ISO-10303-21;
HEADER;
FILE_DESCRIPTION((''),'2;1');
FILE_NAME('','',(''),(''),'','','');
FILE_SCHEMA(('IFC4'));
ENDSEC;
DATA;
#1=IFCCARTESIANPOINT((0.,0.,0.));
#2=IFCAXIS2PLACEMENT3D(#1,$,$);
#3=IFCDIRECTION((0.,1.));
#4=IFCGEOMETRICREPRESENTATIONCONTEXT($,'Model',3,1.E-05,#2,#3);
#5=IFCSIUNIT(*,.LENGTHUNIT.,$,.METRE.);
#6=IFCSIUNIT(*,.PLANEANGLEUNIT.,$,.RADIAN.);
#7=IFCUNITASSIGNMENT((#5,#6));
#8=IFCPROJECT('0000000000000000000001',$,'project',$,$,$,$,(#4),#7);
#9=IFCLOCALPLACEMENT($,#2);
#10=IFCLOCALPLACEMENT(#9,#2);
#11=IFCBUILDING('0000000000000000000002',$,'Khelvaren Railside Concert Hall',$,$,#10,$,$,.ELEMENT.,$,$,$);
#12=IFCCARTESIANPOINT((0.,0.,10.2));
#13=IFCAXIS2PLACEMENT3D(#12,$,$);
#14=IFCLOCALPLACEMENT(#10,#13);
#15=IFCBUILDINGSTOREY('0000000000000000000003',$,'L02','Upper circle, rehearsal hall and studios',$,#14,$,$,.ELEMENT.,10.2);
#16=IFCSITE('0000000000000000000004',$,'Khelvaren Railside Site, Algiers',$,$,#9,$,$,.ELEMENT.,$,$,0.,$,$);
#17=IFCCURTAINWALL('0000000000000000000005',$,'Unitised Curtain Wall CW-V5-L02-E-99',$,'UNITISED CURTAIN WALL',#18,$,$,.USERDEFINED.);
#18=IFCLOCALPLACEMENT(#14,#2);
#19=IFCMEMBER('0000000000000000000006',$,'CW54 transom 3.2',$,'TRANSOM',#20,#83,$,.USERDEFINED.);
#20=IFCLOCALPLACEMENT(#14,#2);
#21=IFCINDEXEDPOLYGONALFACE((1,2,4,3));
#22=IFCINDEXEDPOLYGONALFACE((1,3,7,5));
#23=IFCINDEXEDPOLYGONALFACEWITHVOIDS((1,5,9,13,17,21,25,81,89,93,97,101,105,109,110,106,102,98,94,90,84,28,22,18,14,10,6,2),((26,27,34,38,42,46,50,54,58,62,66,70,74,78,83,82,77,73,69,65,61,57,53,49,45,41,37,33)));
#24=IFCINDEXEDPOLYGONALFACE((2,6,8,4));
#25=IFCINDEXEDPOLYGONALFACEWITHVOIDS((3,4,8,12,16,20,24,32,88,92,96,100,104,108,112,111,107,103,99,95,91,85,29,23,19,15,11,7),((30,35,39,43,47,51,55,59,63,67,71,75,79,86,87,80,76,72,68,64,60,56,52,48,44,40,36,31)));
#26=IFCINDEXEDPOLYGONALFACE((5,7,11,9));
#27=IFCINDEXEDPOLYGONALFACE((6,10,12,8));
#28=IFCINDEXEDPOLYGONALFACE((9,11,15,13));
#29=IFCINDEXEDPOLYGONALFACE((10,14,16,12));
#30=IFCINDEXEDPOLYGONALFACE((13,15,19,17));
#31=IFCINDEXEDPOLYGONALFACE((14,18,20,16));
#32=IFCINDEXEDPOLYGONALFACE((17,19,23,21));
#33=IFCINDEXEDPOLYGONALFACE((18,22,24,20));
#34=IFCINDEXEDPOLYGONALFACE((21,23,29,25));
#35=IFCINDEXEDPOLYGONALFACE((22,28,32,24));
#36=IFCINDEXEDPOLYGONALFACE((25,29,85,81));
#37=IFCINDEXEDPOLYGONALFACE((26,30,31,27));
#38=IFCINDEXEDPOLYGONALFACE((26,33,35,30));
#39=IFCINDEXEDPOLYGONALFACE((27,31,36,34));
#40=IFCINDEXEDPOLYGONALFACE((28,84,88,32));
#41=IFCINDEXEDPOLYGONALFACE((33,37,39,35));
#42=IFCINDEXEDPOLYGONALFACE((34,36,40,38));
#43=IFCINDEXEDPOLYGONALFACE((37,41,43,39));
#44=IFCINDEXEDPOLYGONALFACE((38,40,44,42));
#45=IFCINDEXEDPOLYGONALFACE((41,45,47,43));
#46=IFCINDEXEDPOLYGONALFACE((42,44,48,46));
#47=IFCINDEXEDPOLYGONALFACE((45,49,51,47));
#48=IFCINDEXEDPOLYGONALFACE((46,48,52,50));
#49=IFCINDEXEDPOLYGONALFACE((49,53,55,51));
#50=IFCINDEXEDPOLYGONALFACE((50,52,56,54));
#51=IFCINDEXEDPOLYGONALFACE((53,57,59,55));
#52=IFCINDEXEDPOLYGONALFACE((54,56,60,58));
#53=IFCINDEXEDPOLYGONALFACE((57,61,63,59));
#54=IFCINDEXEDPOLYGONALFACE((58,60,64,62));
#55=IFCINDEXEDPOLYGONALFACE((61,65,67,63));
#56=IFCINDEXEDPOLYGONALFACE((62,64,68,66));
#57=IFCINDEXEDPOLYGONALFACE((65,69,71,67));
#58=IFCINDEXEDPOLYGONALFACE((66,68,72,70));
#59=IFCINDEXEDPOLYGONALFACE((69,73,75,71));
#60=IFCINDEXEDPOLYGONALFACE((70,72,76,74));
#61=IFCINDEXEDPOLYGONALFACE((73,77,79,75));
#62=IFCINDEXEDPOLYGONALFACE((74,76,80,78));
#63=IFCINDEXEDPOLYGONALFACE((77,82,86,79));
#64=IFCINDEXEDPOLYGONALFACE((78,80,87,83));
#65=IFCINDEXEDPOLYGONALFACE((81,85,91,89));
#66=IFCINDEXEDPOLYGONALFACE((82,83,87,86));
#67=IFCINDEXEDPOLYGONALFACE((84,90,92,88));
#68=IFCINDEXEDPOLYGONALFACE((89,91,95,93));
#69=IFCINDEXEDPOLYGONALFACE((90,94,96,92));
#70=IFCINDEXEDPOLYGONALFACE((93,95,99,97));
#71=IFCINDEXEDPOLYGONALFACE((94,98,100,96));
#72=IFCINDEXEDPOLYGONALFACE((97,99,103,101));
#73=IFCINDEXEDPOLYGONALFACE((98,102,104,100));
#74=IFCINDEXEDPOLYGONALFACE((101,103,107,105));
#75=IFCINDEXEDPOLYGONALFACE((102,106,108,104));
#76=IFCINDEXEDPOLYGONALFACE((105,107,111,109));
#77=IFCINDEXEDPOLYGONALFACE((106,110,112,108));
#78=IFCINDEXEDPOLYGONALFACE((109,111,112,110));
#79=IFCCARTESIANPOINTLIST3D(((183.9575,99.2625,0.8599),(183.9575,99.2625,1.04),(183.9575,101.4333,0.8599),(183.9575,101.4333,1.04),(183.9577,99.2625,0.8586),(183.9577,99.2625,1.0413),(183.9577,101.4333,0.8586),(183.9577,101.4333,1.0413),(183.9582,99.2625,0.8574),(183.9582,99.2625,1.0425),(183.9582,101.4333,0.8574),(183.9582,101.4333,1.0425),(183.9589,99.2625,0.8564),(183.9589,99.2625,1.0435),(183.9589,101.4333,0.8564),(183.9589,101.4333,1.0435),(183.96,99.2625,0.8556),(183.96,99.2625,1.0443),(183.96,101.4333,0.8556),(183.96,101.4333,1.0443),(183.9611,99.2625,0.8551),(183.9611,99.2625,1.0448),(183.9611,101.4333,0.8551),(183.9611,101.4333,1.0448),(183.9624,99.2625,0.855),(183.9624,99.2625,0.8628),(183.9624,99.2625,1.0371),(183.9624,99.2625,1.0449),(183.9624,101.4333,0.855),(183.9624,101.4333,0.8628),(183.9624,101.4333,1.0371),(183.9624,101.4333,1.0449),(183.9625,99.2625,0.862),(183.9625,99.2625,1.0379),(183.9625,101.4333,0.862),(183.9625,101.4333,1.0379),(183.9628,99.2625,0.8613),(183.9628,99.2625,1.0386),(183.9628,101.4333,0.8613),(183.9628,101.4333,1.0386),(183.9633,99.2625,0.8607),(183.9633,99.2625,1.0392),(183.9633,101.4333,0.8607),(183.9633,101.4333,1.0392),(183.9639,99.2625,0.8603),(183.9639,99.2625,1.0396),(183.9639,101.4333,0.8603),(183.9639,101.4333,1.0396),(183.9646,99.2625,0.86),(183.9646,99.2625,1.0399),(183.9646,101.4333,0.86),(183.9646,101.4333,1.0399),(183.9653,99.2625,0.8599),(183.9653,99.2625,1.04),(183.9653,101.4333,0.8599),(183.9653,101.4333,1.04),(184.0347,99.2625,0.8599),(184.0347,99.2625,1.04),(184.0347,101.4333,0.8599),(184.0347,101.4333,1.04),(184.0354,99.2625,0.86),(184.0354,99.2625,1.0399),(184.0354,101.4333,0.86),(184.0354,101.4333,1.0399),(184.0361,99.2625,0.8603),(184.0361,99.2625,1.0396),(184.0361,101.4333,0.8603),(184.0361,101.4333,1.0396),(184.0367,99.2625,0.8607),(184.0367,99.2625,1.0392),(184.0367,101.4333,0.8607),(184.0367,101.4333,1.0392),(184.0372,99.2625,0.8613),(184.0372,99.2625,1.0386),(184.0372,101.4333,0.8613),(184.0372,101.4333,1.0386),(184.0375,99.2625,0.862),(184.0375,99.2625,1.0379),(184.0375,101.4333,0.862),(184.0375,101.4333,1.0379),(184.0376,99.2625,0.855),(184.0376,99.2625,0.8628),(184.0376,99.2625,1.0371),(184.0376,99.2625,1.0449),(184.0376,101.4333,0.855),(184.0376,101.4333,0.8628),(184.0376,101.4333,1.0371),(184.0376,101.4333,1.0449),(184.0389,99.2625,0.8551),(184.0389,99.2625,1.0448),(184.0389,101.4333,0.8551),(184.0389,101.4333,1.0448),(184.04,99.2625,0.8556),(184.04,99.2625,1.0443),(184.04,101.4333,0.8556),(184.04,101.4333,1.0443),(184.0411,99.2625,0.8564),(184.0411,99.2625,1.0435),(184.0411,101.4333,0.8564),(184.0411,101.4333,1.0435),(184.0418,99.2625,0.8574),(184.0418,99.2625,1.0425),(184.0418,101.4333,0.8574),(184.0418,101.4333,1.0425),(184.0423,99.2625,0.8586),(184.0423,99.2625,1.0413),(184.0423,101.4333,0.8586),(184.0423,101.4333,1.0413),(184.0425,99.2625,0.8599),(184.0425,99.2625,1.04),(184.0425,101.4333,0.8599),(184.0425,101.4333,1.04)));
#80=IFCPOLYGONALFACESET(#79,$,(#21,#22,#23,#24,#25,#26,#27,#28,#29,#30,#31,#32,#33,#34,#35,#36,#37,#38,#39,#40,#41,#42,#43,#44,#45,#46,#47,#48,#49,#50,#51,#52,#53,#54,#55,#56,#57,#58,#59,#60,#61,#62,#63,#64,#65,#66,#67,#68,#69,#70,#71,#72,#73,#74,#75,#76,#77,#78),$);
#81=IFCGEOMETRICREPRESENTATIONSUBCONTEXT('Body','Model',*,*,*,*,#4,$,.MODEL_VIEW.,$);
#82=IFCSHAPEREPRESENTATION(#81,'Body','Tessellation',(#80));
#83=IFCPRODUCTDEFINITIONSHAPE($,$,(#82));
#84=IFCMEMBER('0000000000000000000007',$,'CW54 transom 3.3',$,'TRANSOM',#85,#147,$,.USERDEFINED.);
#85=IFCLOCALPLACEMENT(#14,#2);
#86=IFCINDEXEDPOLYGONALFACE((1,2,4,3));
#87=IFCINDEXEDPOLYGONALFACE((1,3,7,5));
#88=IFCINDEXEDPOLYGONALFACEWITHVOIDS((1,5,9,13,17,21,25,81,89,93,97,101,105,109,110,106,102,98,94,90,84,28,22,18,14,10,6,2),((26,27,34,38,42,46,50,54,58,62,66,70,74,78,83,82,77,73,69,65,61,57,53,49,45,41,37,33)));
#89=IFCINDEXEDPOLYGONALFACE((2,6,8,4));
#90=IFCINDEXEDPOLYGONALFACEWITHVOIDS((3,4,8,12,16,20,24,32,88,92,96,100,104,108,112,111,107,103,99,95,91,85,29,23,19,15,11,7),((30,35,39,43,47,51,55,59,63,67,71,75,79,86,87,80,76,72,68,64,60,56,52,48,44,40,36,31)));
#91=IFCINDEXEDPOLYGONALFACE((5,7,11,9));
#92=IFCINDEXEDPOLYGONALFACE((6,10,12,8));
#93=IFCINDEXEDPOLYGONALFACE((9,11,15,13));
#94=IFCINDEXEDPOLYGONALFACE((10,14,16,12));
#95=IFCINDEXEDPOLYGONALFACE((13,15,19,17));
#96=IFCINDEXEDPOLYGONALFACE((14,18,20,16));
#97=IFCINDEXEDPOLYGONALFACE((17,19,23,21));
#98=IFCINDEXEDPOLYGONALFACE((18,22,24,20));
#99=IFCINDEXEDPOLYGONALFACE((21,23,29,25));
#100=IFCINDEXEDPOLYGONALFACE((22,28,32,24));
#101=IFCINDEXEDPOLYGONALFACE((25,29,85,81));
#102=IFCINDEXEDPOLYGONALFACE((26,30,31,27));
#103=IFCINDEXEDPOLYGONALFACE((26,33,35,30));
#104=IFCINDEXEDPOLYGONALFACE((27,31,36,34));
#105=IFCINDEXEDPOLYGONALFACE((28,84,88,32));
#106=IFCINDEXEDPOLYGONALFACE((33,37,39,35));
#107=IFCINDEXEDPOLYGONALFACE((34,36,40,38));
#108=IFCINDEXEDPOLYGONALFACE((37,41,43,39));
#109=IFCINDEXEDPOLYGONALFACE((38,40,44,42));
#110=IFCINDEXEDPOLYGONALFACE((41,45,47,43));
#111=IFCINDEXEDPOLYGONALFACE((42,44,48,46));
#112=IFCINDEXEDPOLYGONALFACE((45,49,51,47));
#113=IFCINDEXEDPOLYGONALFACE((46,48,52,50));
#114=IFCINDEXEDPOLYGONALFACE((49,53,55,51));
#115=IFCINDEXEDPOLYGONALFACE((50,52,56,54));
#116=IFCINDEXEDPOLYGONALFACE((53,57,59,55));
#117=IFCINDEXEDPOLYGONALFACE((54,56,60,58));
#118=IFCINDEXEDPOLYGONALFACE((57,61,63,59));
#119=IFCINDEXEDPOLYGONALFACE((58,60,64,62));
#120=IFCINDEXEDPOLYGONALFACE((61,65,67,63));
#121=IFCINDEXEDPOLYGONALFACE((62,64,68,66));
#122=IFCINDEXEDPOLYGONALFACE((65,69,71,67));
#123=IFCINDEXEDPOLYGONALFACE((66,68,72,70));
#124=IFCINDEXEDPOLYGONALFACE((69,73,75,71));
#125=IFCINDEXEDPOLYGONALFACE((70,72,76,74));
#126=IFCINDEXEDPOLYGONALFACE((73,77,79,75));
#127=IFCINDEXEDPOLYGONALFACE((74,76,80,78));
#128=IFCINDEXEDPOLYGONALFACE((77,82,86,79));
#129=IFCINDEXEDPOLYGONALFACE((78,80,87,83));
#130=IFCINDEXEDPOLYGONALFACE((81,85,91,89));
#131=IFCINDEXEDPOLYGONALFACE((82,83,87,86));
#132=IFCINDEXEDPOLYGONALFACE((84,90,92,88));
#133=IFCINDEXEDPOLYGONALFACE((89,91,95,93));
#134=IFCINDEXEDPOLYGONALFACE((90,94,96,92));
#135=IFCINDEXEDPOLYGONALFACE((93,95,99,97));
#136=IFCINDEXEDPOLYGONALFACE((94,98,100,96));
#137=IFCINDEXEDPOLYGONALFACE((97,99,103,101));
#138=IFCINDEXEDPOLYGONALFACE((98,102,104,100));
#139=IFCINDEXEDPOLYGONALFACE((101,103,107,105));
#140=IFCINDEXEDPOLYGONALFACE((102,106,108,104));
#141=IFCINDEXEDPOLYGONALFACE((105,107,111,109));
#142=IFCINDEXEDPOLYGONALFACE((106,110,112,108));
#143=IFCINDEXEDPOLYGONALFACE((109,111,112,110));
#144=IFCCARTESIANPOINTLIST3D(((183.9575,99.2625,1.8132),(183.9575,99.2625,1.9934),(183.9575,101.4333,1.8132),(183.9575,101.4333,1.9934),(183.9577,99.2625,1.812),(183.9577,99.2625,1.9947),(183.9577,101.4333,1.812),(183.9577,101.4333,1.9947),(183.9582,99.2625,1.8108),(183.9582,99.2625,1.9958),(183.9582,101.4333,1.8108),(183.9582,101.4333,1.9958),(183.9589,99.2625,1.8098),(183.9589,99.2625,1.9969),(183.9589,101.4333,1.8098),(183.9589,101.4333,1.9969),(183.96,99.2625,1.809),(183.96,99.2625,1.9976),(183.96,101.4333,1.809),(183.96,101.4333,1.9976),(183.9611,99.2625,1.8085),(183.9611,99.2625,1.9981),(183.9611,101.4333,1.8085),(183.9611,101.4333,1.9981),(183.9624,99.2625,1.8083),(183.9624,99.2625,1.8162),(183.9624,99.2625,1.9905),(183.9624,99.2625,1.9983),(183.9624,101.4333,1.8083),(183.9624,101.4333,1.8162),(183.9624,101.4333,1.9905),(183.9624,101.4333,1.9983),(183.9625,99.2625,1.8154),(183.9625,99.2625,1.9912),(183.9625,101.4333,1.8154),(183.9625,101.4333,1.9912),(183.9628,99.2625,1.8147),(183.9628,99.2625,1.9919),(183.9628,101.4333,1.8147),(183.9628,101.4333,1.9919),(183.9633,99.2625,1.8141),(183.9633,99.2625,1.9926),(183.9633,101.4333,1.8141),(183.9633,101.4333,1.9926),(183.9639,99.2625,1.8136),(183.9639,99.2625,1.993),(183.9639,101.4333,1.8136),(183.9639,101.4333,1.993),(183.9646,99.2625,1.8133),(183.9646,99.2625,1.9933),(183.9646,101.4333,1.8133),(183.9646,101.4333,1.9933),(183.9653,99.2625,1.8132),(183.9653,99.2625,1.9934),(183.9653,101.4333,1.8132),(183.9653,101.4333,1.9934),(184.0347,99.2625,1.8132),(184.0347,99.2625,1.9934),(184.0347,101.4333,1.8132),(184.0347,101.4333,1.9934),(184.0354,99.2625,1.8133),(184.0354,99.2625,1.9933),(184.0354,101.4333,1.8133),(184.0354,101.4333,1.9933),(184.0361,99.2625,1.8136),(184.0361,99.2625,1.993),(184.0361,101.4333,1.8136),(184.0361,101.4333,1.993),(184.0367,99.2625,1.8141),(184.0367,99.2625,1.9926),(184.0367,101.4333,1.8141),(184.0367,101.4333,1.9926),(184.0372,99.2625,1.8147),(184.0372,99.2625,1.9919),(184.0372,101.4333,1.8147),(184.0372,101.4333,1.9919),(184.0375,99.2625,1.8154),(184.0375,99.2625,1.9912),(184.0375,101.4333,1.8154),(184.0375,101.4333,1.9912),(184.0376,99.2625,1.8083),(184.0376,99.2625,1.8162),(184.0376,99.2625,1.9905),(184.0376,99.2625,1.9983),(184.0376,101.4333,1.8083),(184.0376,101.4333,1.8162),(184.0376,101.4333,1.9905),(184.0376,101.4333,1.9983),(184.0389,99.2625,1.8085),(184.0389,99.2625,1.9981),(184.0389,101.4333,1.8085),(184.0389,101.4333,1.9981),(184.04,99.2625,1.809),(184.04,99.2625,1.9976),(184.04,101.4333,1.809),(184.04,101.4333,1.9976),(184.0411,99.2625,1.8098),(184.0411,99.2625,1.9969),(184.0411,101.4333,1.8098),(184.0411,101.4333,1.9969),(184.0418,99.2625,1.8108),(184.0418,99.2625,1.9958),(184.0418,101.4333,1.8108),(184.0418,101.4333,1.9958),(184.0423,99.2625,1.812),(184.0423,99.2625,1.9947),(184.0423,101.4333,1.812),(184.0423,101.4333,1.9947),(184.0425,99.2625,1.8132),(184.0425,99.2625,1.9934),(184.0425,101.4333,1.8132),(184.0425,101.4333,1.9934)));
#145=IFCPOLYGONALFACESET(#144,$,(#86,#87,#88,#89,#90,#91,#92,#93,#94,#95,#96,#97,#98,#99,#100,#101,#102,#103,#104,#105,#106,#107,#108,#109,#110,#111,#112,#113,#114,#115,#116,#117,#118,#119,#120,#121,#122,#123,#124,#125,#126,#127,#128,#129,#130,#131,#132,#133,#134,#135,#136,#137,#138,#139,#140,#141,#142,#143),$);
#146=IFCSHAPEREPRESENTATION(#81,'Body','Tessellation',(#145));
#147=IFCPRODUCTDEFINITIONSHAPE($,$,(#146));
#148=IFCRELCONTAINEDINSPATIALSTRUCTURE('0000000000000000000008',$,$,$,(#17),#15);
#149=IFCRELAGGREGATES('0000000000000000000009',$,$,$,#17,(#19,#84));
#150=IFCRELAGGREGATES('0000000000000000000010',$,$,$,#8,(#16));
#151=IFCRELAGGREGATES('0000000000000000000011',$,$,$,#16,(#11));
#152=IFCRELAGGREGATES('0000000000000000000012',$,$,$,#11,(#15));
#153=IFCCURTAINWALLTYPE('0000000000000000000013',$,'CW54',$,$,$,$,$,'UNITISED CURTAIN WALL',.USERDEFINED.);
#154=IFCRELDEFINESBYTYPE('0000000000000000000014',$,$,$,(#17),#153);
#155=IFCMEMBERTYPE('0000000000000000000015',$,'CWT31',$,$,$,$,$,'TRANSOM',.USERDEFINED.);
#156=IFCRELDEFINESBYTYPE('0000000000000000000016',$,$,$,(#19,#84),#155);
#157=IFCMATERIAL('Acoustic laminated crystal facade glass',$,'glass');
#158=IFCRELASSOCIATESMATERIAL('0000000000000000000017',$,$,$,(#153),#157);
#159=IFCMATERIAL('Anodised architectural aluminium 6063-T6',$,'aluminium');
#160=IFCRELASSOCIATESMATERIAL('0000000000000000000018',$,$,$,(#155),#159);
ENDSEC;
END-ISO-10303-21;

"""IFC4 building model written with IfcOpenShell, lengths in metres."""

from ifc_helpers import new_model, si_unit, direction, frame, origin, origin_2d, place, context, subcontext, project, spatial, hollow_rectangle, extrude, material, material_profile, profile_set, type_object, element, aggregate, save


model = new_model("IFC4")

# Units and contexts
model_context = context("Model", 3, precision=1e-05, world=origin(), true_north=direction((0.0, 1.0)))
body_context = subcontext(model_context, "Body", "Model", "MODEL_VIEW")
ifc_project = project(units=[si_unit("LENGTHUNIT", "METRE"), si_unit("PLANEANGLEUNIT", "RADIAN")], contexts=[model_context])

# Site, building, storey
site_placement = place(None, origin())
site = spatial("IfcSite", under=ifc_project, at=site_placement, Name="Khelvaren Railside Site, Algiers", CompositionType="ELEMENT", RefElevation=0.0)
building_placement = place(site_placement, origin())
building = spatial("IfcBuilding", under=site, at=building_placement, Name="Khelvaren Railside Concert Hall", CompositionType="ELEMENT")
storey_placement = place(building_placement, frame((0.0, 0.0, 10.2)))
storey = spatial("IfcBuildingStorey", under=building, at=storey_placement, Name="L02", Description="Upper circle, rehearsal hall and studios", CompositionType="ELEMENT", Elevation=10.2)

# Curtain wall, members
ifc_material_1 = material(Name="Acoustic laminated crystal facade glass", Category="glass")
curtain_wall_type = type_object("IfcCurtainWallType", Name="CW54", ElementType="UNITISED CURTAIN WALL", PredefinedType="USERDEFINED", material=ifc_material_1)
curtain_wall_placement = place(storey_placement, origin())
curtain_wall = element("IfcCurtainWall", 1, at=curtain_wall_placement, inside=storey, type_object=curtain_wall_type, Name="Unitised Curtain Wall CW-V5-L02-E-99", ObjectType="UNITISED CURTAIN WALL", PredefinedType="USERDEFINED")
ifc_material_2 = material(Name="Anodised architectural aluminium 6063-T6", Category="aluminium")
ifc_material_profile_1 = material_profile(ifc_material_2, hollow_rectangle(XDim=0.085, YDim=0.1899, WallThickness=0.0049, InnerFilletRadius=0.0029, OuterFilletRadius=0.0049, at=origin_2d()), Name="CWT 85x190x5")
ifc_profile_set_1 = profile_set([ifc_material_profile_1], Name="Anodised architectural aluminium 6063-T6")
member_type_1 = type_object("IfcMemberType", Name="CWT31", ElementType="TRANSOM", PredefinedType="USERDEFINED", material=ifc_profile_set_1)
member_1_placement = place(storey_placement, frame((184.0, 101.4333, 0.95), z_axis=(0.0, -1.0, 0.0), x_axis=(1.0, 0.0, 0.0)))
member_1 = element("IfcMember", 2, at=member_1_placement, type_object=member_type_1, Name="CW54 transom 3.2", ObjectType="TRANSOM", PredefinedType="USERDEFINED", context=body_context, shape_type="SweptSolid", body=[
    extrude(hollow_rectangle(XDim=0.085, YDim=0.1899, WallThickness=0.0049, InnerFilletRadius=0.0029, OuterFilletRadius=0.0049, at=origin_2d()), origin(), (0.0, 0.0, 1.0), 2.1709),
])
member_2_placement = place(storey_placement, frame((184.0, 101.4333, 1.9033), z_axis=(0.0, -1.0, 0.0), x_axis=(1.0, 0.0, 0.0)))
member_2 = element("IfcMember", 3, at=member_2_placement, type_object=member_type_1, Name="CW54 transom 3.3", ObjectType="TRANSOM", PredefinedType="USERDEFINED", context=body_context, shape_type="SweptSolid", body=[
    extrude(hollow_rectangle(XDim=0.085, YDim=0.1899, WallThickness=0.0049, InnerFilletRadius=0.0029, OuterFilletRadius=0.0049, at=origin_2d()), origin(), (0.0, 0.0, 1.0), 2.1709),
])

aggregate(curtain_wall, [member_1, member_2])

save(model, "model.ifc")
